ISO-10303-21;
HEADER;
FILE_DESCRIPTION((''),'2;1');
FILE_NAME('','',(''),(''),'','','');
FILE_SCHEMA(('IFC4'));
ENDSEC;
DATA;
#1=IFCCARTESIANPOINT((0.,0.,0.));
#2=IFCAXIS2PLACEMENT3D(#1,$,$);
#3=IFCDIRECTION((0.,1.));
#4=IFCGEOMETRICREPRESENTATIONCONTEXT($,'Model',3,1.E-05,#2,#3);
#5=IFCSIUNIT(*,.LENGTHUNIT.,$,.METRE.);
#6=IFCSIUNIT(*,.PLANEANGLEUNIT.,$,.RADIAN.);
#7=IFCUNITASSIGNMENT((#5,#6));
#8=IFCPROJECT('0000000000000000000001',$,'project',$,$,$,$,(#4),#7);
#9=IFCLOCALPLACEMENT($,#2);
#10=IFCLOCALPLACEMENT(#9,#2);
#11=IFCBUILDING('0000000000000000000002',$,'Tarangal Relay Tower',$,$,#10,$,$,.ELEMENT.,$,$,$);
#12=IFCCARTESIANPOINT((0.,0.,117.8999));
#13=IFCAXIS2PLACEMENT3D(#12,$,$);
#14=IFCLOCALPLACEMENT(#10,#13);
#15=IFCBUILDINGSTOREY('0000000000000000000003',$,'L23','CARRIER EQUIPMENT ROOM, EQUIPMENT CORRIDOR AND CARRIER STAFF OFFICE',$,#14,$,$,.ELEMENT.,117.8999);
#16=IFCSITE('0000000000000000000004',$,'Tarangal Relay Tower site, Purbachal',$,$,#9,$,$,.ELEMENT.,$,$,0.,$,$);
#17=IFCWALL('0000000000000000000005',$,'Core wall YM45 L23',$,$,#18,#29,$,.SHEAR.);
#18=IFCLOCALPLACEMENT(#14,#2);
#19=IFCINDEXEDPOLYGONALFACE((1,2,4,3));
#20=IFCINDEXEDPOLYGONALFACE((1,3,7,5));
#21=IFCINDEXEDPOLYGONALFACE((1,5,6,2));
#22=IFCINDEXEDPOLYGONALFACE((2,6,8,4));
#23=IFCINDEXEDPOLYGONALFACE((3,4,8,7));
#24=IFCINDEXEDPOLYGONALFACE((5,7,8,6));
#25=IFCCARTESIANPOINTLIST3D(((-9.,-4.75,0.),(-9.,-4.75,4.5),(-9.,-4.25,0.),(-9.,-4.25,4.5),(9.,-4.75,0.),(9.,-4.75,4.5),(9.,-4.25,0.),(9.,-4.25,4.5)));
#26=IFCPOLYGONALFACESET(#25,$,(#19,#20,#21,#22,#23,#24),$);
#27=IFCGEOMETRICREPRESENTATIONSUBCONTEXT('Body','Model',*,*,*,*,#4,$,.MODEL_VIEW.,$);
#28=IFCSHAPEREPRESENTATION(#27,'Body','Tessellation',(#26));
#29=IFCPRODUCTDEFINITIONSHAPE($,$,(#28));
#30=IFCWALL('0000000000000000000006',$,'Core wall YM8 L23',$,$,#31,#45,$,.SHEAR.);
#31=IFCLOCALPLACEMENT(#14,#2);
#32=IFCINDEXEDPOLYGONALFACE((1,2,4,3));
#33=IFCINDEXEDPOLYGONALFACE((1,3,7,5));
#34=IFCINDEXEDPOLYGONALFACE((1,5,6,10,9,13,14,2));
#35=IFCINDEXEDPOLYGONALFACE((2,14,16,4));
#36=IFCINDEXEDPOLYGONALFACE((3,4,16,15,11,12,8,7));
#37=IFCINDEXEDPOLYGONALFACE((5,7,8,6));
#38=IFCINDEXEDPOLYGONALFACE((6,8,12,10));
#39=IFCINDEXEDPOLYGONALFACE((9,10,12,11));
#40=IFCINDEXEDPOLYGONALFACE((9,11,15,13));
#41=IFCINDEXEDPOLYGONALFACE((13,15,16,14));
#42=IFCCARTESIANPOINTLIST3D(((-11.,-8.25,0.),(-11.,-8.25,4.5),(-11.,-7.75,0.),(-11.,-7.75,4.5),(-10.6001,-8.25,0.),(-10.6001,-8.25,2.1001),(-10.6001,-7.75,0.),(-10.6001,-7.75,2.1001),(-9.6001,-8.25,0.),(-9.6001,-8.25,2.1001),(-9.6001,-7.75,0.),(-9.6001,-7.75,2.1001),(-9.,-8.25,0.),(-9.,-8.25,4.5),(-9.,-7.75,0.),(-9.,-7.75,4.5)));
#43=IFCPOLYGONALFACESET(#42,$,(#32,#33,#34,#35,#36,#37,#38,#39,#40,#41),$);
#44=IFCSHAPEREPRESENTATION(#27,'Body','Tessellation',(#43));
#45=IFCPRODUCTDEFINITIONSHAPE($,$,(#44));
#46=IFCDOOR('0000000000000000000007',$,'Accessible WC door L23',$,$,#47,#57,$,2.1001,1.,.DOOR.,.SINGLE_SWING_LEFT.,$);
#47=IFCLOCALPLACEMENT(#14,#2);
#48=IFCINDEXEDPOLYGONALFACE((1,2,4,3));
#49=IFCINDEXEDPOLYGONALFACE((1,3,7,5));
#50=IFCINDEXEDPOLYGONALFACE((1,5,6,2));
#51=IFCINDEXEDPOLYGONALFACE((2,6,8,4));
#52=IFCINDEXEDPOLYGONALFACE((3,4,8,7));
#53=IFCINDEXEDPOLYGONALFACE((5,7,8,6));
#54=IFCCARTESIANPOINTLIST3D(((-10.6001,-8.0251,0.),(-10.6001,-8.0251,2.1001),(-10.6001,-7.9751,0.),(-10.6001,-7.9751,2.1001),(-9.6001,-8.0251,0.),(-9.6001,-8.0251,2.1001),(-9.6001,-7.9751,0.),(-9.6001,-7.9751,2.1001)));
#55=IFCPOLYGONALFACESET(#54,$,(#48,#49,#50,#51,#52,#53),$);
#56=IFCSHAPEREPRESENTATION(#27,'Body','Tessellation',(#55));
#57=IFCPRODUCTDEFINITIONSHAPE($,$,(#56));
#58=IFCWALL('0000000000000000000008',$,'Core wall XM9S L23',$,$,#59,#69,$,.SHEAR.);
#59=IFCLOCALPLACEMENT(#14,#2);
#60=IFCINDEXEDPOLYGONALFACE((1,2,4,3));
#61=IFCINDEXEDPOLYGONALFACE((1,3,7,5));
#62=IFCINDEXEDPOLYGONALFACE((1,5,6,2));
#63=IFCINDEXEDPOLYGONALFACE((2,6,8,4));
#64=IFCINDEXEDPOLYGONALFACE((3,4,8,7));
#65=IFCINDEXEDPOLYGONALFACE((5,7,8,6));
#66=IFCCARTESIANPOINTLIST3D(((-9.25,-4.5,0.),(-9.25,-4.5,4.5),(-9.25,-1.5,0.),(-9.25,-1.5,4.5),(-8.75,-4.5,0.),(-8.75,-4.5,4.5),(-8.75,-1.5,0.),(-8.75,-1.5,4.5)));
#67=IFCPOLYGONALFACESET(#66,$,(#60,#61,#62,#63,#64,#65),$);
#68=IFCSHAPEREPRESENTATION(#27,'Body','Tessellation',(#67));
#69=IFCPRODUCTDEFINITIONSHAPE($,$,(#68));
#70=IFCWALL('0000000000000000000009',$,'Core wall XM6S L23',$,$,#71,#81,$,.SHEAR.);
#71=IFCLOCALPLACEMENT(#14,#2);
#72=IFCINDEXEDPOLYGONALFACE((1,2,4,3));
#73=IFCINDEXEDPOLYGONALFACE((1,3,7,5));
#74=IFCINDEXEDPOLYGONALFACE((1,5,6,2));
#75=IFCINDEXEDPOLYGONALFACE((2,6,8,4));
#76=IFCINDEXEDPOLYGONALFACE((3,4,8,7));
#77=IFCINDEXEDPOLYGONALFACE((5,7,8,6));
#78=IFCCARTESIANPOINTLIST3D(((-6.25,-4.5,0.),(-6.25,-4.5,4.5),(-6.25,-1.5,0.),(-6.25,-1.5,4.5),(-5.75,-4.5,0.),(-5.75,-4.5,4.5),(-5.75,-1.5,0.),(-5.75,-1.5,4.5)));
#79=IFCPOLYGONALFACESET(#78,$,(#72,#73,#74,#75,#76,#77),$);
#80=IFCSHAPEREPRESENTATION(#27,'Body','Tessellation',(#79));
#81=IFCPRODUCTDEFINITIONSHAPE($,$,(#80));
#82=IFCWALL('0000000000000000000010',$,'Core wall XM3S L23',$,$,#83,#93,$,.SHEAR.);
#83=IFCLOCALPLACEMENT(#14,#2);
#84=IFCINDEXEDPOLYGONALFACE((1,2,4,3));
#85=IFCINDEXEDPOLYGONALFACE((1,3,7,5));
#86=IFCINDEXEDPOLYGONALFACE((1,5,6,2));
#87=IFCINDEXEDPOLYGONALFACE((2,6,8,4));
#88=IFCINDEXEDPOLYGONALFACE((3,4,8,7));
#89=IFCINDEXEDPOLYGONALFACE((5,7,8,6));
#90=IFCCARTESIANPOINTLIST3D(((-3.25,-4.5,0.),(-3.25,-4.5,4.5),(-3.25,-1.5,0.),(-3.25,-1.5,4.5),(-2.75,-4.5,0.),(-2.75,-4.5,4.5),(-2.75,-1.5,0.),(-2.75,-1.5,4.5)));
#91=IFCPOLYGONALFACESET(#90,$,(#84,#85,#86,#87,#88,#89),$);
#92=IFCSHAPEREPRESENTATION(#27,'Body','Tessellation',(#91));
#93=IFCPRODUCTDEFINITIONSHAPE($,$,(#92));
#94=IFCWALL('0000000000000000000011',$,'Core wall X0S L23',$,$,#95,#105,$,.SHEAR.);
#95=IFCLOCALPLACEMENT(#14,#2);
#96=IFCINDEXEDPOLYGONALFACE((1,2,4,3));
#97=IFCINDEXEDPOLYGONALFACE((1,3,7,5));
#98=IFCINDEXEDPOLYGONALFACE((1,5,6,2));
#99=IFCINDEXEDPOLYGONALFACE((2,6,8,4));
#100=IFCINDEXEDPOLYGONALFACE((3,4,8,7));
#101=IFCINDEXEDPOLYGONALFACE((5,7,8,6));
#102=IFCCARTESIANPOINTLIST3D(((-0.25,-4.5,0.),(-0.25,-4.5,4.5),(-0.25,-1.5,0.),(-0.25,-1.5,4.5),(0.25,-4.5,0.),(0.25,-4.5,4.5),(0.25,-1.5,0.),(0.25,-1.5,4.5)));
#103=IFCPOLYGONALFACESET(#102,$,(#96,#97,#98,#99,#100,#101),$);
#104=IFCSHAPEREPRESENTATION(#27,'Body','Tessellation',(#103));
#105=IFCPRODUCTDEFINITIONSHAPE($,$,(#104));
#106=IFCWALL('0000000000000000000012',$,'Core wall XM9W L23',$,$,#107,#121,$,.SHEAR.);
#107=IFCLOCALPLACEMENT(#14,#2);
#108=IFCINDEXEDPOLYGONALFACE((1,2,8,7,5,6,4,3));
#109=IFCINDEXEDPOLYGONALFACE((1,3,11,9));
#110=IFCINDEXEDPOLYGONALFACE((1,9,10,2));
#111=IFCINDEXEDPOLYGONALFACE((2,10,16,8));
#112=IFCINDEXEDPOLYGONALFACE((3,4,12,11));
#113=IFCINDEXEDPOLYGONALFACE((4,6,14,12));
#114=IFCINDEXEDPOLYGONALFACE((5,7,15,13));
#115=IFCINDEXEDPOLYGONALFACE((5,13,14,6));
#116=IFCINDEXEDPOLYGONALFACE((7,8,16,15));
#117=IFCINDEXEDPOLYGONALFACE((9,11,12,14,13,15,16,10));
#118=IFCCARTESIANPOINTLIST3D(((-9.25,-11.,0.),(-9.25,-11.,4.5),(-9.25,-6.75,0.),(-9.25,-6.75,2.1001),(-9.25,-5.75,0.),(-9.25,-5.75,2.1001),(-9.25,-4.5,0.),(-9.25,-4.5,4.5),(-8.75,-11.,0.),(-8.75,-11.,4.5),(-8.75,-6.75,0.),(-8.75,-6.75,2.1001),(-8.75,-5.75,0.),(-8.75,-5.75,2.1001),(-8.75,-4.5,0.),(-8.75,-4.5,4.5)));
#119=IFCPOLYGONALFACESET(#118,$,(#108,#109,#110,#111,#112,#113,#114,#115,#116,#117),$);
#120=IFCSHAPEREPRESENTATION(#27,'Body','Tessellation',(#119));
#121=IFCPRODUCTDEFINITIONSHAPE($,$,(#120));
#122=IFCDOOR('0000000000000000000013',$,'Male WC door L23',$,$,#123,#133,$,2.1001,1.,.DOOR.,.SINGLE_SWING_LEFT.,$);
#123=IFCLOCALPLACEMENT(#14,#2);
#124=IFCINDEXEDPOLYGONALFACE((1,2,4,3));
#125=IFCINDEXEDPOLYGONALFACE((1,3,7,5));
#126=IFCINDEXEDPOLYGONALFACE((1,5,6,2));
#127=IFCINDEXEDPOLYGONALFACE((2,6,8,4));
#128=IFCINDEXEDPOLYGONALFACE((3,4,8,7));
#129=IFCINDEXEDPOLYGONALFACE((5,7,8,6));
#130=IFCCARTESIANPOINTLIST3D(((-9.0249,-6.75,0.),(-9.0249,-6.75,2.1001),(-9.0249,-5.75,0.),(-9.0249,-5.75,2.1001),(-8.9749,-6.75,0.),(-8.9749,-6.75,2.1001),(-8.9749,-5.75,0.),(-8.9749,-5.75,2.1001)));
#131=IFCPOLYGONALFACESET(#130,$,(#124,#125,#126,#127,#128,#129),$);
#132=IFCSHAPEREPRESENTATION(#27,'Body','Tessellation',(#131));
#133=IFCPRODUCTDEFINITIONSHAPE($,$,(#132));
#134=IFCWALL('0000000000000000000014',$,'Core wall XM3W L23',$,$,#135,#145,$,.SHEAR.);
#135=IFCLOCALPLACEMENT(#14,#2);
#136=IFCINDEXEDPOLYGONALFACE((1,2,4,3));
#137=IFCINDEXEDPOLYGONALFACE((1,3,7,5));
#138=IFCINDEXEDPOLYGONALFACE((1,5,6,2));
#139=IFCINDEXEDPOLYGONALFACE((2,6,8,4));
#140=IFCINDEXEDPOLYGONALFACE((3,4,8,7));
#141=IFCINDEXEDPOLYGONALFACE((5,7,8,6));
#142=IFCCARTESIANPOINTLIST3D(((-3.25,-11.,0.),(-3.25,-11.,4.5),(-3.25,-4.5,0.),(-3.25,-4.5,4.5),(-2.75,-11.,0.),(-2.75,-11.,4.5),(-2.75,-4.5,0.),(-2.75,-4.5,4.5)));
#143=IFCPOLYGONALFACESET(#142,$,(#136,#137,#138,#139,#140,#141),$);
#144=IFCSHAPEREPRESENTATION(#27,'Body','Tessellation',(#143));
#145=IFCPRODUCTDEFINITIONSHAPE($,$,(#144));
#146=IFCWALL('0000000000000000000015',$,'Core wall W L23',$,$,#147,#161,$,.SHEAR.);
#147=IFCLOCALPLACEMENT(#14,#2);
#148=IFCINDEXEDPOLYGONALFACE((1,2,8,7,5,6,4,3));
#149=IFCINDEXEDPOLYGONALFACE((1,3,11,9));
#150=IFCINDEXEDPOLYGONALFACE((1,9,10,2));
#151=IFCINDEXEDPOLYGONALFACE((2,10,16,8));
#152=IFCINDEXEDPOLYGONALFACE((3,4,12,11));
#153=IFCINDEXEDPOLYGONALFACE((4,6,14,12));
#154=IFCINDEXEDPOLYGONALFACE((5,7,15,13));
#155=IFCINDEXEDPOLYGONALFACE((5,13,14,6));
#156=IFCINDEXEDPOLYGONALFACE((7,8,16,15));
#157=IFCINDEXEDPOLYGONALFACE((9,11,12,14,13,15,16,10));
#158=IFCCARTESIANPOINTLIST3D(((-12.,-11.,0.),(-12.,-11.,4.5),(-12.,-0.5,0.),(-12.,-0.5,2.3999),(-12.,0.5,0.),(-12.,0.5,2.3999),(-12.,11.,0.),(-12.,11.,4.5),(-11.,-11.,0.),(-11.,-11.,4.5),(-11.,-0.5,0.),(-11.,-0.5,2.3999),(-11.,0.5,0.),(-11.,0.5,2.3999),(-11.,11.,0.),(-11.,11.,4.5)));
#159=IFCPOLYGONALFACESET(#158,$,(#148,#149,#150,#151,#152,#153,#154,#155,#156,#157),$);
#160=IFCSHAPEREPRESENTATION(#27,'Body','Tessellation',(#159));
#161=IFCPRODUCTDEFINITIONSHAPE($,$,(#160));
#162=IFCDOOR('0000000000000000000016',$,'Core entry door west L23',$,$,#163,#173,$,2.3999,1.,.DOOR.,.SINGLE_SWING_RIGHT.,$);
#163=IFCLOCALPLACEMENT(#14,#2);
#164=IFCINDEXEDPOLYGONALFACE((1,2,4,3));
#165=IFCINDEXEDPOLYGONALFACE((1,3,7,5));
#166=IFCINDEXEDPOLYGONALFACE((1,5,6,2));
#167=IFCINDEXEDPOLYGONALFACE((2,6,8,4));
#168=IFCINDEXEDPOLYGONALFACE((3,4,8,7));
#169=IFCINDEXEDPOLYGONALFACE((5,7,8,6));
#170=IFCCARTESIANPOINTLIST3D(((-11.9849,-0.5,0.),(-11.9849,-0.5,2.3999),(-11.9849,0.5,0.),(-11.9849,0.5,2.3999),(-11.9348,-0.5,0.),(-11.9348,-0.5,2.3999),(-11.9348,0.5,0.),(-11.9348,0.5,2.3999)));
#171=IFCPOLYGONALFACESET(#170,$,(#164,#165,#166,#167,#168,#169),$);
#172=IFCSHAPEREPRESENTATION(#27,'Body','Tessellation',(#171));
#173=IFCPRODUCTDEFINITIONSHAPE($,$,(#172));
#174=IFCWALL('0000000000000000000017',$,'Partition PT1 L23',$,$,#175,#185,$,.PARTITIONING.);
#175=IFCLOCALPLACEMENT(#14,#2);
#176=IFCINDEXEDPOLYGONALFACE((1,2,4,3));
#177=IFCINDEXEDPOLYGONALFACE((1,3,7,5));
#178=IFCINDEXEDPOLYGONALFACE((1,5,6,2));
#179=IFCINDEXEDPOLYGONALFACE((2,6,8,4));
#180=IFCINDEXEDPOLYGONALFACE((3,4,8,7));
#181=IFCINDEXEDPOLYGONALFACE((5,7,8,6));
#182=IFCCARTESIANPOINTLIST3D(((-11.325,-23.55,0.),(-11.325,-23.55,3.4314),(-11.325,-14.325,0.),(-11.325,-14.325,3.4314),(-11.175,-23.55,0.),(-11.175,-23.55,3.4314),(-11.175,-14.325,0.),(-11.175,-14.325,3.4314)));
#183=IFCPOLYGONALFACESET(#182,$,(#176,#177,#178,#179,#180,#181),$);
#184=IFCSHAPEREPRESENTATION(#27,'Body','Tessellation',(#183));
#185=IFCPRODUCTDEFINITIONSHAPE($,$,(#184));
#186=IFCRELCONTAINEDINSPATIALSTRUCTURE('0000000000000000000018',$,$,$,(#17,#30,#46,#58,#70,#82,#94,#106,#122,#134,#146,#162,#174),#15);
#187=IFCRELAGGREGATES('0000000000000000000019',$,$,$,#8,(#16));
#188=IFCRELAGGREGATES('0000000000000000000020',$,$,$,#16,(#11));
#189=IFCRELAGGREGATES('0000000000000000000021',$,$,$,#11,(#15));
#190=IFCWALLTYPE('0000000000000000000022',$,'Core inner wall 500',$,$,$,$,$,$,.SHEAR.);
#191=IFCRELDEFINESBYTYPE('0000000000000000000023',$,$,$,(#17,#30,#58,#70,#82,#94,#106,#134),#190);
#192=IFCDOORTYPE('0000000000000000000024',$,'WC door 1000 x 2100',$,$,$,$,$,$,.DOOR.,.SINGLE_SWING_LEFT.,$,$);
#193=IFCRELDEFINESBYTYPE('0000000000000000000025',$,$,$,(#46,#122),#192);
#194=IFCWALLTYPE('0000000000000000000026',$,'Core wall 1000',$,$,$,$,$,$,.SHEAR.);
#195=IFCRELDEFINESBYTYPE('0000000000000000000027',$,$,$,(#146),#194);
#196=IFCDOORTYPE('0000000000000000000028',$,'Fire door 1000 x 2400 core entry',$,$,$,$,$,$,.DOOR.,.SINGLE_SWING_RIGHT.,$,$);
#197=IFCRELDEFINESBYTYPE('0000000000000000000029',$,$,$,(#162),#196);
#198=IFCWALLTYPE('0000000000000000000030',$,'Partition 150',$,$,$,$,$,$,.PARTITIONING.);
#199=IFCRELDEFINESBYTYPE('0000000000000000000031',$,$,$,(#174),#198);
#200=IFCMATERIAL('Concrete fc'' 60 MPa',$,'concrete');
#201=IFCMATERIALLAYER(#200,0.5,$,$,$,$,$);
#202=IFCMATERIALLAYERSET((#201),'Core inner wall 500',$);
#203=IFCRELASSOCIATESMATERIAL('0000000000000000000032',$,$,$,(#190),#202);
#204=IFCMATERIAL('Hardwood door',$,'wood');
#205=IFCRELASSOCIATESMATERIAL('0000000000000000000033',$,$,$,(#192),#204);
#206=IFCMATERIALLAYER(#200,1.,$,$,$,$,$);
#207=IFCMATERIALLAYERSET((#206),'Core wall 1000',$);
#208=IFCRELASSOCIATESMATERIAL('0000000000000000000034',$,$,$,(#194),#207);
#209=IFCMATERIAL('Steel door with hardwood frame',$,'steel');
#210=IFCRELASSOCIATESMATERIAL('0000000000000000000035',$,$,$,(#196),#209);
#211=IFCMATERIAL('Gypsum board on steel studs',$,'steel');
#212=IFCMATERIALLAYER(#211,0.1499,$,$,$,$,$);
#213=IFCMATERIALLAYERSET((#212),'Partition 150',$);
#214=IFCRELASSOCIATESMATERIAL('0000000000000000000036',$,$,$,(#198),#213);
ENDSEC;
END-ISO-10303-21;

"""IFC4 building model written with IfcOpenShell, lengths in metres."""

from ifc_helpers import new_model, si_unit, direction, frame, frame_2d, origin, place, context, subcontext, project, spatial, rectangle, extrude, material, layer, layer_set, type_object, element, fill, save


model = new_model("IFC4")

# Units and contexts
model_context = context("Model", 3, precision=1e-05, world=origin(), true_north=direction((0.0, 1.0)))
body_context = subcontext(model_context, "Body", "Model", "MODEL_VIEW")
ifc_project = project(units=[si_unit("LENGTHUNIT", "METRE"), si_unit("PLANEANGLEUNIT", "RADIAN")], contexts=[model_context])

# Site, building, storey
site_placement = place(None, origin())
site = spatial("IfcSite", under=ifc_project, at=site_placement, Name="Tarangal Relay Tower site, Purbachal", CompositionType="ELEMENT", RefElevation=0.0)
building_placement = place(site_placement, origin())
building = spatial("IfcBuilding", under=site, at=building_placement, Name="Tarangal Relay Tower", CompositionType="ELEMENT")
storey_placement = place(building_placement, frame((0.0, 0.0, 117.8999)))
storey = spatial("IfcBuildingStorey", under=building, at=storey_placement, Name="L23", Description="CARRIER EQUIPMENT ROOM, EQUIPMENT CORRIDOR AND CARRIER STAFF OFFICE", CompositionType="ELEMENT", Elevation=117.8999)

# Wall
ifc_material_1 = material(Name="Concrete fc' 60 MPa", Category="concrete")
ifc_layer_1 = layer(ifc_material_1, 0.5)
ifc_layer_set_1 = layer_set([ifc_layer_1], Name="Core inner wall 500")
wall_type_1 = type_object("IfcWallType", Name="Core inner wall 500", PredefinedType="SHEAR", material=ifc_layer_set_1)
for number, where, z_axis, x_axis, name in (
    (1, (-9.0, -4.5, 0.0), (0.0, 0.0, 1.0), (1.0, 0.0, 0.0), "Core wall YM45 L23"),
):
    element("IfcWall", number, at=place(storey_placement, frame(where, z_axis=z_axis, x_axis=x_axis)), inside=storey, type_object=wall_type_1, Name=name, PredefinedType="SHEAR", context=body_context, shape_type="SweptSolid", body=[
        extrude(rectangle(XDim=18.0, YDim=0.5, at=frame_2d((9.0, 0.0))), origin(), (0.0, 0.0, 1.0), 4.5),
    ])

# Wall, opening, door
wall_1_placement = place(storey_placement, frame((-11.0, -8.0, 0.0), z_axis=(0.0, 0.0, 1.0), x_axis=(1.0, 0.0, 0.0)))
wall_1 = element("IfcWall", 2, at=wall_1_placement, inside=storey, type_object=wall_type_1, Name="Core wall YM8 L23", PredefinedType="SHEAR", context=body_context, shape_type="SweptSolid", body=[
    extrude(rectangle(XDim=2.0, YDim=0.5, at=frame_2d((1.0, 0.0))), origin(), (0.0, 0.0, 1.0), 4.5),
])
opening_1_placement = place(wall_1_placement, frame((0.3999, 0.0, 0.0)))
opening_1 = element("IfcOpeningElement", 3, at=opening_1_placement, cuts=wall_1, PredefinedType="OPENING", context=body_context, shape_type="SweptSolid", body=[
    extrude(rectangle(XDim=1.0, YDim=2.1001, at=frame_2d((0.5, 1.05))), frame((0.0, 0.26, 0.0), z_axis=(0.0, -1.0, 0.0), x_axis=(1.0, 0.0, 0.0)), (0.0, 0.0, 1.0), 0.52),
])
ifc_material_2 = material(Name="Hardwood door", Category="wood")
door_type_1 = type_object("IfcDoorType", Name="WC door 1000 x 2100", OperationType="SINGLE_SWING_LEFT", PredefinedType="DOOR", material=ifc_material_2)
door_1_placement = place(opening_1_placement, origin())
door_1 = element("IfcDoor", 4, at=door_1_placement, inside=storey, type_object=door_type_1, Name="Accessible WC door L23", OperationType="SINGLE_SWING_LEFT", OverallHeight=2.1001, OverallWidth=1.0, PredefinedType="DOOR", context=body_context, shape_type="SweptSolid", body=[
    extrude(rectangle(XDim=1.0, YDim=2.1001, at=frame_2d((0.5, 1.05))), frame((0.0, 0.0249, 0.0), z_axis=(0.0, -1.0, 0.0), x_axis=(1.0, 0.0, 0.0)), (0.0, 0.0, 1.0), 0.05),
])
fill(opening_1, door_1)

# Walls
for number, where, z_axis, x_axis, name in (
    (5, (-9.0, -4.5, 0.0), (0.0, 0.0, 1.0), (0.0, 1.0, 0.0), "Core wall XM9S L23"),
    (6, (-6.0, -4.5, 0.0), (0.0, 0.0, 1.0), (0.0, 1.0, 0.0), "Core wall XM6S L23"),
    (7, (-3.0, -4.5, 0.0), (0.0, 0.0, 1.0), (0.0, 1.0, 0.0), "Core wall XM3S L23"),
    (8, (0.0, -4.5, 0.0), (0.0, 0.0, 1.0), (0.0, 1.0, 0.0), "Core wall X0S L23"),
):
    element("IfcWall", number, at=place(storey_placement, frame(where, z_axis=z_axis, x_axis=x_axis)), inside=storey, type_object=wall_type_1, Name=name, PredefinedType="SHEAR", context=body_context, shape_type="SweptSolid", body=[
        extrude(rectangle(XDim=3.0, YDim=0.5, at=frame_2d((1.5, 0.0))), origin(), (0.0, 0.0, 1.0), 4.5),
    ])

# Wall, opening, door
wall_2_placement = place(storey_placement, frame((-9.0, -11.0, 0.0), z_axis=(0.0, 0.0, 1.0), x_axis=(0.0, 1.0, 0.0)))
wall_2 = element("IfcWall", 9, at=wall_2_placement, inside=storey, type_object=wall_type_1, Name="Core wall XM9W L23", PredefinedType="SHEAR", context=body_context, shape_type="SweptSolid", body=[
    extrude(rectangle(XDim=6.5, YDim=0.5, at=frame_2d((3.25, 0.0))), origin(), (0.0, 0.0, 1.0), 4.5),
])
opening_2_placement = place(wall_2_placement, frame((4.25, 0.0, 0.0)))
opening_2 = element("IfcOpeningElement", 10, at=opening_2_placement, cuts=wall_2, PredefinedType="OPENING", context=body_context, shape_type="SweptSolid", body=[
    extrude(rectangle(XDim=1.0, YDim=2.1001, at=frame_2d((0.5, 1.05))), frame((0.0, 0.26, 0.0), z_axis=(0.0, -1.0, 0.0), x_axis=(1.0, 0.0, 0.0)), (0.0, 0.0, 1.0), 0.52),
])
door_2_placement = place(opening_2_placement, origin())
door_2 = element("IfcDoor", 11, at=door_2_placement, inside=storey, type_object=door_type_1, Name="Male WC door L23", OperationType="SINGLE_SWING_LEFT", OverallHeight=2.1001, OverallWidth=1.0, PredefinedType="DOOR", context=body_context, shape_type="SweptSolid", body=[
    extrude(rectangle(XDim=1.0, YDim=2.1001, at=frame_2d((0.5, 1.05))), frame((0.0, 0.0249, 0.0), z_axis=(0.0, -1.0, 0.0), x_axis=(1.0, 0.0, 0.0)), (0.0, 0.0, 1.0), 0.05),
])
fill(opening_2, door_2)

# Wall
wall_3_placement = place(storey_placement, frame((-3.0, -11.0, 0.0), z_axis=(0.0, 0.0, 1.0), x_axis=(0.0, 1.0, 0.0)))
element("IfcWall", 12, at=wall_3_placement, inside=storey, type_object=wall_type_1, Name="Core wall XM3W L23", PredefinedType="SHEAR", context=body_context, shape_type="SweptSolid", body=[
    extrude(rectangle(XDim=6.5, YDim=0.5, at=frame_2d((3.25, 0.0))), origin(), (0.0, 0.0, 1.0), 4.5),
])

# Wall, opening, door
ifc_layer_2 = layer(ifc_material_1, 1.0)
ifc_layer_set_2 = layer_set([ifc_layer_2], Name="Core wall 1000")
wall_type_2 = type_object("IfcWallType", Name="Core wall 1000", PredefinedType="SHEAR", material=ifc_layer_set_2)
wall_4_placement = place(storey_placement, frame((-11.5, -11.0, 0.0), z_axis=(0.0, 0.0, 1.0), x_axis=(0.0, 1.0, 0.0)))
wall_4 = element("IfcWall", 13, at=wall_4_placement, inside=storey, type_object=wall_type_2, Name="Core wall W L23", PredefinedType="SHEAR", context=body_context, shape_type="SweptSolid", body=[
    extrude(rectangle(XDim=22.0, YDim=1.0, at=frame_2d((11.0, 0.0))), origin(), (0.0, 0.0, 1.0), 4.5),
])
opening_3_placement = place(wall_4_placement, frame((10.5, 0.0, 0.0)))
opening_3 = element("IfcOpeningElement", 14, at=opening_3_placement, cuts=wall_4, PredefinedType="OPENING", context=body_context, shape_type="SweptSolid", body=[
    extrude(rectangle(XDim=1.0, YDim=2.3999, at=frame_2d((0.5, 1.2))), frame((0.0, 0.51, 0.0), z_axis=(0.0, -1.0, 0.0), x_axis=(1.0, 0.0, 0.0)), (0.0, 0.0, 1.0), 1.02),
])
ifc_material_3 = material(Name="Steel door with hardwood frame", Category="steel")
door_type_2 = type_object("IfcDoorType", Name="Fire door 1000 x 2400 core entry", OperationType="SINGLE_SWING_RIGHT", PredefinedType="DOOR", material=ifc_material_3)
door_3_placement = place(opening_3_placement, origin())
door_3 = element("IfcDoor", 15, at=door_3_placement, inside=storey, type_object=door_type_2, Name="Core entry door west L23", OperationType="SINGLE_SWING_RIGHT", OverallHeight=2.3999, OverallWidth=1.0, PredefinedType="DOOR", context=body_context, shape_type="SweptSolid", body=[
    extrude(rectangle(XDim=1.0, YDim=2.3999, at=frame_2d((0.5, 1.2))), frame((0.0, 0.4849, 0.0), z_axis=(0.0, -1.0, 0.0), x_axis=(1.0, 0.0, 0.0)), (0.0, 0.0, 1.0), 0.05),
])
fill(opening_3, door_3)

# Wall
ifc_material_4 = material(Name="Gypsum board on steel studs", Category="steel")
ifc_layer_3 = layer(ifc_material_4, 0.1499)
ifc_layer_set_3 = layer_set([ifc_layer_3], Name="Partition 150")
wall_type_3 = type_object("IfcWallType", Name="Partition 150", PredefinedType="PARTITIONING", material=ifc_layer_set_3)
for number, where, z_axis, x_axis, name in (
    (16, (-11.25, -23.55, 0.0), (0.0, 0.0, 1.0), (0.0, 1.0, 0.0), "Partition PT1 L23"),
):
    element("IfcWall", number, at=place(storey_placement, frame(where, z_axis=z_axis, x_axis=x_axis)), inside=storey, type_object=wall_type_3, Name=name, PredefinedType="PARTITIONING", context=body_context, shape_type="SweptSolid", body=[
        extrude(rectangle(XDim=9.2251, YDim=0.1499, at=frame_2d((4.6125, 0.0))), origin(), (0.0, 0.0, 1.0), 3.4314),
    ])

save(model, "model.ifc")
